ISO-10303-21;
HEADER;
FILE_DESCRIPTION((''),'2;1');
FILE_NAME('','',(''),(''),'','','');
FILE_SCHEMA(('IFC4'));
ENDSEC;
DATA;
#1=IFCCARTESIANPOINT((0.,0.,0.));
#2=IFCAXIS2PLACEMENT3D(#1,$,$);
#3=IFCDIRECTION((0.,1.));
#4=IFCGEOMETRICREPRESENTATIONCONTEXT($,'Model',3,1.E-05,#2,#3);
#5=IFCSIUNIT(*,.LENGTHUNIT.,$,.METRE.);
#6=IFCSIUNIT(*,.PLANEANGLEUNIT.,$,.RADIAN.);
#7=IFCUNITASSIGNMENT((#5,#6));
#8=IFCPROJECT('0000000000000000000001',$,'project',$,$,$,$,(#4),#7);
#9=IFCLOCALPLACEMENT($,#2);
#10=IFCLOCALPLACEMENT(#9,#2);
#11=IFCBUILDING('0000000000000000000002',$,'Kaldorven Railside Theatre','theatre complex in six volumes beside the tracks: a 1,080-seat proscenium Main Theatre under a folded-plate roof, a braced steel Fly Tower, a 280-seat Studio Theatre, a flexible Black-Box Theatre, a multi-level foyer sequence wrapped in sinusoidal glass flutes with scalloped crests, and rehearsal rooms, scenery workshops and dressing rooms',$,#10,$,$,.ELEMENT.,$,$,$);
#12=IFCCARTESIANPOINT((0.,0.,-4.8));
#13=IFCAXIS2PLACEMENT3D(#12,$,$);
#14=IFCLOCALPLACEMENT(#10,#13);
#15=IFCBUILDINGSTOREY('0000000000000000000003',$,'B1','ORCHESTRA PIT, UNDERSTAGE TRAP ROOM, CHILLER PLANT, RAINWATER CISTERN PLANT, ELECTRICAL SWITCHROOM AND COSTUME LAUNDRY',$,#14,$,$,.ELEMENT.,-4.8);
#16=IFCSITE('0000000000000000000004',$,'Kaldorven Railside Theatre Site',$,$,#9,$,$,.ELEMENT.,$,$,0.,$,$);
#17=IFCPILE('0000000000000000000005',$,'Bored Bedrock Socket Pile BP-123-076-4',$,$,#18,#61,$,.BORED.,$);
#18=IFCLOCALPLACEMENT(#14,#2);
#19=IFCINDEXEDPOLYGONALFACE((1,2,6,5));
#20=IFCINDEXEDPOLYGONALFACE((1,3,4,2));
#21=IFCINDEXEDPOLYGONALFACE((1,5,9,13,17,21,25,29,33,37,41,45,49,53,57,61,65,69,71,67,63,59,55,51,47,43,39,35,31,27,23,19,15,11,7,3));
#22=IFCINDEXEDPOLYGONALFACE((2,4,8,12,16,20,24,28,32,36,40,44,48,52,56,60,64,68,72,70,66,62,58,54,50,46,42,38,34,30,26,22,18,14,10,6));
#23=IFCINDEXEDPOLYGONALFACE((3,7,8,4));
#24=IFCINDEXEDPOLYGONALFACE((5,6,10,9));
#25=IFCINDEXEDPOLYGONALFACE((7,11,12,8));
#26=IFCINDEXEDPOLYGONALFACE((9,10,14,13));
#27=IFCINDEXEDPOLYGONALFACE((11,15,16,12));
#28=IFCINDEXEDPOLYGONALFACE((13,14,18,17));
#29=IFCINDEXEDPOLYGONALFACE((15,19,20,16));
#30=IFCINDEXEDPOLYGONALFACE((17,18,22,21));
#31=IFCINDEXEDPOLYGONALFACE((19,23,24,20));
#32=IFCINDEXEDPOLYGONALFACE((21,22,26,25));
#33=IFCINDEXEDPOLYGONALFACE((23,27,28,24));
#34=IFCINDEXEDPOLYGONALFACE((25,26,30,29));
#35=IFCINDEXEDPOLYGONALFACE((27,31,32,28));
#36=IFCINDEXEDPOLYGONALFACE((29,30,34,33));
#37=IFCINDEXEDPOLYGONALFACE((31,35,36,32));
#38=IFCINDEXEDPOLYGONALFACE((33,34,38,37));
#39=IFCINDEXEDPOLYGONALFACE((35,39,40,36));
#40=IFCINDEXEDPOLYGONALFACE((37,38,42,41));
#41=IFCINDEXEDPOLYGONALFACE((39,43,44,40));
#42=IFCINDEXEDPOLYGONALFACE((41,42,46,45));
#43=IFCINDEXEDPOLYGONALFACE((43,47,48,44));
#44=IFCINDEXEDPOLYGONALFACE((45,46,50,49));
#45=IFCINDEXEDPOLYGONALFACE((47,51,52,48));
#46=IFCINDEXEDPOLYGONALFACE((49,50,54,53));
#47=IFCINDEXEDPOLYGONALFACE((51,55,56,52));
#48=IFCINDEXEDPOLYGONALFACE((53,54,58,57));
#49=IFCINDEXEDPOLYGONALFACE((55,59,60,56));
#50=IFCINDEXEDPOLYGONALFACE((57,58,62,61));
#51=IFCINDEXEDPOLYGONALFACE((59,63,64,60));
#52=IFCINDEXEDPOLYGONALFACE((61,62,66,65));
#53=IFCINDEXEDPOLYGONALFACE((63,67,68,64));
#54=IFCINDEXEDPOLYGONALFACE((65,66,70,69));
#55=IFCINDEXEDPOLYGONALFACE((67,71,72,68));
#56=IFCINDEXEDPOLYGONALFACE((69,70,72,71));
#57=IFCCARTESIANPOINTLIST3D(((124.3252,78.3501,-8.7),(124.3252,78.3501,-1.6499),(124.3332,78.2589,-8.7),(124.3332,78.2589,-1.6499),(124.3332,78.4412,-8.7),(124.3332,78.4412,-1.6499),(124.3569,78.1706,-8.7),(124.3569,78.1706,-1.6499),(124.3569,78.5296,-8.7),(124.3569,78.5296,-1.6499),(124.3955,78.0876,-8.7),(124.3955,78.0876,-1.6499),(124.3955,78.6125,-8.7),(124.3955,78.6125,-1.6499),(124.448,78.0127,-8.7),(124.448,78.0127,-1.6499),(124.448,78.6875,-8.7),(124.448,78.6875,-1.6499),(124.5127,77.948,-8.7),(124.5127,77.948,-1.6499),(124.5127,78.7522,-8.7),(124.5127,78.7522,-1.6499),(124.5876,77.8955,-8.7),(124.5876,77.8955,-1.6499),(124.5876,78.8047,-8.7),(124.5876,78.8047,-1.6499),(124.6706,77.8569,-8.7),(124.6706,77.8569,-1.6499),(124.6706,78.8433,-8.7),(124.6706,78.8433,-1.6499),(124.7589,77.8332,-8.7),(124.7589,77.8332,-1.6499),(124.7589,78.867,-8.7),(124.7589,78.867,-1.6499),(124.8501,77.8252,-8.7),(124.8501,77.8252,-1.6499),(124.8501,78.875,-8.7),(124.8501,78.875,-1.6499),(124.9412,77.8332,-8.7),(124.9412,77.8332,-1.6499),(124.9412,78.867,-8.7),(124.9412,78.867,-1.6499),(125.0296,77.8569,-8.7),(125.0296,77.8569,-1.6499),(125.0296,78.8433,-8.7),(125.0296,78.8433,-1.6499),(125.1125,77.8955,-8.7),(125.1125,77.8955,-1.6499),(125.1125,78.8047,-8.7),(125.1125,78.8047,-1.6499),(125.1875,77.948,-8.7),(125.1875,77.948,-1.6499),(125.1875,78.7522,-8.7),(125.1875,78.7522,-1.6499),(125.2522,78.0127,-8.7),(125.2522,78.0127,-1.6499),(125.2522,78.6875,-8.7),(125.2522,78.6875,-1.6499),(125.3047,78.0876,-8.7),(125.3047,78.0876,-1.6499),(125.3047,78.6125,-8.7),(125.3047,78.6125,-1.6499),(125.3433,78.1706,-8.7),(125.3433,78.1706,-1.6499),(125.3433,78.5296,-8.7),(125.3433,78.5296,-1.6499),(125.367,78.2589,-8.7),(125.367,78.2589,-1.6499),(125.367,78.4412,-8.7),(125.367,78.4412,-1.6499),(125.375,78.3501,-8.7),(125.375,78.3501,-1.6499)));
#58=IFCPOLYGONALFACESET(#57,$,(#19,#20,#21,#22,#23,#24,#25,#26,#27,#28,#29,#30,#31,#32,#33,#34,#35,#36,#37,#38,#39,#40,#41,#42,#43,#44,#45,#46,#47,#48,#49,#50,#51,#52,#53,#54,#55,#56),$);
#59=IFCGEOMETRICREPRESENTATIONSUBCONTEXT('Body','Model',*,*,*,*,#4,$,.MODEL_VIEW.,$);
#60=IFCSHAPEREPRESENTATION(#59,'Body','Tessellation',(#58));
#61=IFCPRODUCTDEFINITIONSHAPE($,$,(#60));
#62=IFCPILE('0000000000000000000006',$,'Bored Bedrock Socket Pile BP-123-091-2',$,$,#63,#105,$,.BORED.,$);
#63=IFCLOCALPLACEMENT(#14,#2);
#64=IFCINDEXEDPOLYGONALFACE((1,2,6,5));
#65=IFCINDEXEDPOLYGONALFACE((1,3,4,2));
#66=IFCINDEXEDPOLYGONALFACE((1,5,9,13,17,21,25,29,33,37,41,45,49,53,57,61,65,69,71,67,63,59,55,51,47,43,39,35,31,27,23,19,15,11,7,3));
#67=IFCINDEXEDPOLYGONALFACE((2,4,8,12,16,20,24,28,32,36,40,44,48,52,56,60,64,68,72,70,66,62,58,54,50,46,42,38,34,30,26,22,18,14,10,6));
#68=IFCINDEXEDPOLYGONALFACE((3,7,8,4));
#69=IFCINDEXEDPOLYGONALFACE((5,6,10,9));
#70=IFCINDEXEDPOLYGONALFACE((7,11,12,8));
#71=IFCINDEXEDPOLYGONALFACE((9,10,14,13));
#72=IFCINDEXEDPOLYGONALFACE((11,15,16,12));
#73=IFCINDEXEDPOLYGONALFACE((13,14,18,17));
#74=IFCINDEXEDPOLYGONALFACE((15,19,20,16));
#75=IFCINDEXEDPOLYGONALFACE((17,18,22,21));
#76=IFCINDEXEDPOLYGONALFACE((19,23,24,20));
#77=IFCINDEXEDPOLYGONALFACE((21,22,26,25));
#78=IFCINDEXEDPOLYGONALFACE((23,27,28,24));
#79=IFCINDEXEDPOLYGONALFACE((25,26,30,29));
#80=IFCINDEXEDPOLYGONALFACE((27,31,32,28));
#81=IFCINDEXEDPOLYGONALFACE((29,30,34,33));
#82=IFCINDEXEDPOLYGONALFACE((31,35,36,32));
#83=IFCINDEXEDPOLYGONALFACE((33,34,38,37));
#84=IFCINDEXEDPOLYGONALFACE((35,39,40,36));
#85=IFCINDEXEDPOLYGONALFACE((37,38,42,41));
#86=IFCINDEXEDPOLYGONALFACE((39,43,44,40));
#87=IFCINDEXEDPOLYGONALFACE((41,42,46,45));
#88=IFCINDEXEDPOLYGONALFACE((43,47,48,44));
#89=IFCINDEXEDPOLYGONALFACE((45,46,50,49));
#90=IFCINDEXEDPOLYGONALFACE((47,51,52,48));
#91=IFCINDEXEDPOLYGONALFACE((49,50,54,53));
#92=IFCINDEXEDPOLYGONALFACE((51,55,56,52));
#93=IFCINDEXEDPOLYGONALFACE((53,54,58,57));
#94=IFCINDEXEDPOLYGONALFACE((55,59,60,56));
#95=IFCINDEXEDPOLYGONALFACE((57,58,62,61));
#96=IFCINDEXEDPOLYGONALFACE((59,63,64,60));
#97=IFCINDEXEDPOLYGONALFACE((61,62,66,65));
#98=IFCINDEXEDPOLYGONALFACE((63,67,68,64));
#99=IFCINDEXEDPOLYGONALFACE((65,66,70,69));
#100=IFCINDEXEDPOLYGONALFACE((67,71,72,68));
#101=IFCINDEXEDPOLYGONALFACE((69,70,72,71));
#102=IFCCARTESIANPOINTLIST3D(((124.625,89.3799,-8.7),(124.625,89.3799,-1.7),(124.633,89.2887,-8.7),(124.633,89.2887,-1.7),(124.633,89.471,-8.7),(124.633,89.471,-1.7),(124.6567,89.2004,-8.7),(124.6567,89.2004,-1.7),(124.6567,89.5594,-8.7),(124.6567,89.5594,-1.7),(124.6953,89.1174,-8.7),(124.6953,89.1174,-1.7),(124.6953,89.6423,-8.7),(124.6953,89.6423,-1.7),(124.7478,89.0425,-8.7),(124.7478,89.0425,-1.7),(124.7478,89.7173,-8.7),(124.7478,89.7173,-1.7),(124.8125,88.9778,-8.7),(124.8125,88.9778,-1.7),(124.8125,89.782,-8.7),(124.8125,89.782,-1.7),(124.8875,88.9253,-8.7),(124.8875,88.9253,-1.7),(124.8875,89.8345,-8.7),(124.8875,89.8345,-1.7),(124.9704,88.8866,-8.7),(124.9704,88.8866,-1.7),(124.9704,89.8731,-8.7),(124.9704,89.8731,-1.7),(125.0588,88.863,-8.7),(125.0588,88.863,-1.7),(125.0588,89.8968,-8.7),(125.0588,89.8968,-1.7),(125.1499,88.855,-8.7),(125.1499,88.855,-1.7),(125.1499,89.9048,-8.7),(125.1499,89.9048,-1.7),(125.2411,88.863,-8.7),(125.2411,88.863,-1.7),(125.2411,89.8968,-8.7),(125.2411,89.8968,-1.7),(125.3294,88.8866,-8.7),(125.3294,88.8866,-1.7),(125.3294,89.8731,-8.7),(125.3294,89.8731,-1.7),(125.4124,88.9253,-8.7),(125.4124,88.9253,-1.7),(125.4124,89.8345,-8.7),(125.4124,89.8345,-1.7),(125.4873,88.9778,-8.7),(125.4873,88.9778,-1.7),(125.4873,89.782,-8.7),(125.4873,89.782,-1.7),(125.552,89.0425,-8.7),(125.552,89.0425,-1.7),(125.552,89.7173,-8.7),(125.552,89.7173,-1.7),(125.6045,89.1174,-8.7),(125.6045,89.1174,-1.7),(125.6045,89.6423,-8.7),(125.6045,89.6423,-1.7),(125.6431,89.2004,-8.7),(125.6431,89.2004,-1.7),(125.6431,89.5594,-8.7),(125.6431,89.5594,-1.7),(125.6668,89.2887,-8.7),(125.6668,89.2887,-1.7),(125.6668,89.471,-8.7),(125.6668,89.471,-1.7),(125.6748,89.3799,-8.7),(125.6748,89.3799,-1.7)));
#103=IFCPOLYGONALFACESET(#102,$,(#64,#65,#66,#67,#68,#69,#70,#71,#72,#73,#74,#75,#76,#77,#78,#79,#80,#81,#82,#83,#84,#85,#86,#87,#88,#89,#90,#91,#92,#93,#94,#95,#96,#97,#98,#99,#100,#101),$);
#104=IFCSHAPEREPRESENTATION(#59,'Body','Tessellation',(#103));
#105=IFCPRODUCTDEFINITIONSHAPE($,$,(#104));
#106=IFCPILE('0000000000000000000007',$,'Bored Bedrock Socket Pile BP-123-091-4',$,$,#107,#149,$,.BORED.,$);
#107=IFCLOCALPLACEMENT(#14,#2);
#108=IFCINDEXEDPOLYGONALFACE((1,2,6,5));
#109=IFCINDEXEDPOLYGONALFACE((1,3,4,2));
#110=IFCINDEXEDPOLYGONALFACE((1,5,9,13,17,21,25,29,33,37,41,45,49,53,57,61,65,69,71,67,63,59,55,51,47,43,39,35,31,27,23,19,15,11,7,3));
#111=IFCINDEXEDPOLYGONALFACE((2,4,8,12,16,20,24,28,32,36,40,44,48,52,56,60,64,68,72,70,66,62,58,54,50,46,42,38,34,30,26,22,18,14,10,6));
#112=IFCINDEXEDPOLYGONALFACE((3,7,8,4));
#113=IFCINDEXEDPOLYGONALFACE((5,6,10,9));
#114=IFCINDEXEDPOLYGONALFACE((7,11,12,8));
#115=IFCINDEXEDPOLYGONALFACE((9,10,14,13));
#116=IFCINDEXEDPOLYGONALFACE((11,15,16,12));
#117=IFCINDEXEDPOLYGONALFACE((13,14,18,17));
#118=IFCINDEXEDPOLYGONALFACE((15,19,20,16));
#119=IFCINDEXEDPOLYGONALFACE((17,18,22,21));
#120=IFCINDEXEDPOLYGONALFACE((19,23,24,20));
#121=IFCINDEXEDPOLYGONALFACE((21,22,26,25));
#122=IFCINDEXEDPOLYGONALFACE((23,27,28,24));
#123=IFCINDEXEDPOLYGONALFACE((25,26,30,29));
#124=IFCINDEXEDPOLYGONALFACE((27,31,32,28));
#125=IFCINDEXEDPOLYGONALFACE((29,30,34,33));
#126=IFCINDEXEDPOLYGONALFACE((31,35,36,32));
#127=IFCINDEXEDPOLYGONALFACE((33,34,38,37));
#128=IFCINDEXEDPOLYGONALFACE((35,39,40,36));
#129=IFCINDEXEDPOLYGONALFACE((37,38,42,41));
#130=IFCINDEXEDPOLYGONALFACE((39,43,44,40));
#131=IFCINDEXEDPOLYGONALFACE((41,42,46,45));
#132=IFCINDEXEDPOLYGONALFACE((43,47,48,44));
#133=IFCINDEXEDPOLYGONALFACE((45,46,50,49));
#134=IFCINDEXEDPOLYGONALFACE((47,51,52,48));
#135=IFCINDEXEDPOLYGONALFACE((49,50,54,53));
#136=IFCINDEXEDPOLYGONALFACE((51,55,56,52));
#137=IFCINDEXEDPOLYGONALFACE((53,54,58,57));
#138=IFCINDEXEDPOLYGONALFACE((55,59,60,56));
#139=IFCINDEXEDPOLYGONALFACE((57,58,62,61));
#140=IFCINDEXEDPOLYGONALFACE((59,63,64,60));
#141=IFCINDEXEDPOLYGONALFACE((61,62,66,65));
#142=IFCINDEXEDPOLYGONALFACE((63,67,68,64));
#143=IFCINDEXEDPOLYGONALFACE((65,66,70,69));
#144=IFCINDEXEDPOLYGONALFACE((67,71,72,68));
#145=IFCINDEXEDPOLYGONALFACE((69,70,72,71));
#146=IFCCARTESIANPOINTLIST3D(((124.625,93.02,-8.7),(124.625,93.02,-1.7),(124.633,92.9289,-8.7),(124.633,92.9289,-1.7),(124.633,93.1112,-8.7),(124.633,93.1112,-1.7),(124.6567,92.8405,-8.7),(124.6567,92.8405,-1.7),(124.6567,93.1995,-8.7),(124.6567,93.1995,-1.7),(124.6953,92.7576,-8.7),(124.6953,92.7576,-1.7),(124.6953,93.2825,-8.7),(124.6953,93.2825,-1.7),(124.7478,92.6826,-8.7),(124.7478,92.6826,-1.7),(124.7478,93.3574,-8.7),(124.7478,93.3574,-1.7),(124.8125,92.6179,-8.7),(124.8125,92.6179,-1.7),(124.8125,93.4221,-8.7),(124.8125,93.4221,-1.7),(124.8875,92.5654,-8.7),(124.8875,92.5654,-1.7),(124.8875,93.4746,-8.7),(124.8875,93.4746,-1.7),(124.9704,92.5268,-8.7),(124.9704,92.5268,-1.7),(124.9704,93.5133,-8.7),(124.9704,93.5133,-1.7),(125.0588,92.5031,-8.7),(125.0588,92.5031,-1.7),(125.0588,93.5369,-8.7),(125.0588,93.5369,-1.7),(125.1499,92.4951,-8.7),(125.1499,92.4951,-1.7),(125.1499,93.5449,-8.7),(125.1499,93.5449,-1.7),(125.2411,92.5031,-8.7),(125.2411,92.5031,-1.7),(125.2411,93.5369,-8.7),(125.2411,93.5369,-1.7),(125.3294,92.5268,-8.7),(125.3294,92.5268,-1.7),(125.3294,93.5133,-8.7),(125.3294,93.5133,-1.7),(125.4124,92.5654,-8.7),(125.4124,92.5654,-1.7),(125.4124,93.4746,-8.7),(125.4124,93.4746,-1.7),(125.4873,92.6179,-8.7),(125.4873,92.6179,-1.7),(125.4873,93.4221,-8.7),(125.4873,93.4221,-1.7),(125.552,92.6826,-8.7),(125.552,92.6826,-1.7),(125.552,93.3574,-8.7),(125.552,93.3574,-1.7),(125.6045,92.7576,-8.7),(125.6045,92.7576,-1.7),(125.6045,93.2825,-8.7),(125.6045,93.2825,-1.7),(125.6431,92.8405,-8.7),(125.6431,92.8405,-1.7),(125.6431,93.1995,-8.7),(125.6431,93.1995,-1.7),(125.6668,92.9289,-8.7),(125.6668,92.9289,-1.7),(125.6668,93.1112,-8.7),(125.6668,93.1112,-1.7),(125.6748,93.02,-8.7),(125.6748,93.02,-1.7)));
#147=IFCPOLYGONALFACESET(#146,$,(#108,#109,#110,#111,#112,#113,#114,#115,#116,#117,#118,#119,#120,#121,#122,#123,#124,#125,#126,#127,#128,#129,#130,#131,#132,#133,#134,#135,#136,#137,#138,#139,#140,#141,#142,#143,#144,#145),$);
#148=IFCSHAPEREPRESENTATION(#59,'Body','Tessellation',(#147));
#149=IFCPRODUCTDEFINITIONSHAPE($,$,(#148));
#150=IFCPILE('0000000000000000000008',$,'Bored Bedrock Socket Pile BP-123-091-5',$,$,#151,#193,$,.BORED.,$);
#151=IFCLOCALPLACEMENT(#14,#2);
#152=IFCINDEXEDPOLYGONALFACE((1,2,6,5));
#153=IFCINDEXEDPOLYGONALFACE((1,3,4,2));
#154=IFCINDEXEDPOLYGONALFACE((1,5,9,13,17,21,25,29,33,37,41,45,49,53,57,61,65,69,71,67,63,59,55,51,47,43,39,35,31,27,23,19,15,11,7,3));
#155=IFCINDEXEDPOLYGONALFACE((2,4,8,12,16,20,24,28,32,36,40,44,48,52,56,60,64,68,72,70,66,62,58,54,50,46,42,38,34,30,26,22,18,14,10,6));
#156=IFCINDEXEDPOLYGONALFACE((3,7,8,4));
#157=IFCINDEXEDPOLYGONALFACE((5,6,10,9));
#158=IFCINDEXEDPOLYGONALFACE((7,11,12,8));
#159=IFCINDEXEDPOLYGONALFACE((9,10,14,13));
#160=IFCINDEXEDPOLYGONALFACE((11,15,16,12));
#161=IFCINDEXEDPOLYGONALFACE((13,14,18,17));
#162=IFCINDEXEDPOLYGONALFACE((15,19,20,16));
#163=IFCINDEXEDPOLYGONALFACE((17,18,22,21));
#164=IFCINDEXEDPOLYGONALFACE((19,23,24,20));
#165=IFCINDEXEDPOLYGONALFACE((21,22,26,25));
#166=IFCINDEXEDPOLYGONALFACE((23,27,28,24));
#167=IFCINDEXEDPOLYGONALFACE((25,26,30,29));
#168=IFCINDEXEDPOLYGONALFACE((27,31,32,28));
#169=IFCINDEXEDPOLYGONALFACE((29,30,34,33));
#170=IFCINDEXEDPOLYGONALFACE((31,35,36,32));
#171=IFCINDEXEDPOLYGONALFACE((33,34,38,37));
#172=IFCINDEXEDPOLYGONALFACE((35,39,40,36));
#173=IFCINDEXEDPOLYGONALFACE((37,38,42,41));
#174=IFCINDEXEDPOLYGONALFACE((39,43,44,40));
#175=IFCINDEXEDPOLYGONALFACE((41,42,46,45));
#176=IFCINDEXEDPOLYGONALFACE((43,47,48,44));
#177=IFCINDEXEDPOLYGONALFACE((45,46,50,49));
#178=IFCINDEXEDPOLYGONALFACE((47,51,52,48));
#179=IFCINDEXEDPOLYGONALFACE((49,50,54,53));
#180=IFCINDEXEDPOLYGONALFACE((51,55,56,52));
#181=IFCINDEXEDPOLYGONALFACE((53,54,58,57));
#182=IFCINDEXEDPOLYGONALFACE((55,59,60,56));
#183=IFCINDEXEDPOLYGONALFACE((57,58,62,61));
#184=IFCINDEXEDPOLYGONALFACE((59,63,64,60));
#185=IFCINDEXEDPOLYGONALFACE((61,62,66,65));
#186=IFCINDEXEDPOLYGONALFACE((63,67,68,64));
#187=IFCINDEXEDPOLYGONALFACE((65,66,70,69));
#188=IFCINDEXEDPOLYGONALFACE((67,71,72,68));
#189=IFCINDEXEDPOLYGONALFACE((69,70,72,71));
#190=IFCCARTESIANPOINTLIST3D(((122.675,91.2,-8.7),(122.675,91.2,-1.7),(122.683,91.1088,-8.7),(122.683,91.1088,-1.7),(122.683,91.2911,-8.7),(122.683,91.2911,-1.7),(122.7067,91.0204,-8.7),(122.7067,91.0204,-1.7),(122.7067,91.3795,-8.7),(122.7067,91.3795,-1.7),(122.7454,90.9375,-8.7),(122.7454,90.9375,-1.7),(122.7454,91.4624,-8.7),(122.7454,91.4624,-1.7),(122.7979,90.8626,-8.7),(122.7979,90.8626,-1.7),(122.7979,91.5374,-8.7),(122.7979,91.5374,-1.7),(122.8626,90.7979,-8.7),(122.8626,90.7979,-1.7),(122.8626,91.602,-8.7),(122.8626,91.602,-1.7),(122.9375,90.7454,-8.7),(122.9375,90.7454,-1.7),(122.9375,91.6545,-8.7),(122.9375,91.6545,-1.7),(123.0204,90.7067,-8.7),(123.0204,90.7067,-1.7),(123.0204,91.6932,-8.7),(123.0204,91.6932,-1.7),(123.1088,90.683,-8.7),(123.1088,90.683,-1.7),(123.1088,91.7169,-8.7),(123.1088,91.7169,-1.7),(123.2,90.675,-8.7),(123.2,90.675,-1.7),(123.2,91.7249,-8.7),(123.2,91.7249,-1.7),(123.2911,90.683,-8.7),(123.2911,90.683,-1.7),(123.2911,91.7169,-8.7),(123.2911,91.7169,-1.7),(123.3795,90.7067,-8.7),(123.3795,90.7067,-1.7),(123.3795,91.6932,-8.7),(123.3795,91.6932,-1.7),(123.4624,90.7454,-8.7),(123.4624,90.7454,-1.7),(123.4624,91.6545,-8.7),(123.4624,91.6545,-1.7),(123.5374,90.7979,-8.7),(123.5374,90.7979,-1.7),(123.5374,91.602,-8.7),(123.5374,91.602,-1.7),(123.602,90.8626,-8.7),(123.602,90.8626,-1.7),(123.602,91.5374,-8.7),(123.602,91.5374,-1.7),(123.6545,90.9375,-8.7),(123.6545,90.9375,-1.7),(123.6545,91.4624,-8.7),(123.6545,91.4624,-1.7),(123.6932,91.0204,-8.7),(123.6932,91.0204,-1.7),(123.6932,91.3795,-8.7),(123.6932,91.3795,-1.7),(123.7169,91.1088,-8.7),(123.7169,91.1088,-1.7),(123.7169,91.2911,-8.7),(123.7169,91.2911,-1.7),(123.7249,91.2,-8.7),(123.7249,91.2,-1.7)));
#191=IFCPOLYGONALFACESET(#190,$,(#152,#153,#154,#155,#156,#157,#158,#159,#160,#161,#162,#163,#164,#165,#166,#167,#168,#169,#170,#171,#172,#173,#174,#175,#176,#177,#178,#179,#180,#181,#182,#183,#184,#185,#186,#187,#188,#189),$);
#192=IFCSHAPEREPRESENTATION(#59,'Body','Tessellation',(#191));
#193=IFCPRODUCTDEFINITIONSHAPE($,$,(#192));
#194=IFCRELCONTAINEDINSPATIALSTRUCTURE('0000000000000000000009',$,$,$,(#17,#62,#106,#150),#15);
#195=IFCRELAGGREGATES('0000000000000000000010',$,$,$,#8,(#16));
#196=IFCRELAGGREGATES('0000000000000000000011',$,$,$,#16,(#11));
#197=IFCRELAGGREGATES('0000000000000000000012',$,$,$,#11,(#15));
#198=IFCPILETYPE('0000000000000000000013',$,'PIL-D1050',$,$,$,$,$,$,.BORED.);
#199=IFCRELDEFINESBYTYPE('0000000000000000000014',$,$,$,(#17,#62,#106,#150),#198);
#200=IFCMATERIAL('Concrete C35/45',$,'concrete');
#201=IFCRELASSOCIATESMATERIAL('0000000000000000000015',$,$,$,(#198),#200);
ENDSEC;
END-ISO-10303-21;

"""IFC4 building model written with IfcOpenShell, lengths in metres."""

from ifc_helpers import new_model, si_unit, direction, frame, origin, origin_2d, place, context, subcontext, project, spatial, circle, extrude, material, material_profile, profile_set, type_object, element, save


model = new_model("IFC4")

# Units and contexts
model_context = context("Model", 3, precision=1e-05, world=origin(), true_north=direction((0.0, 1.0)))
body_context = subcontext(model_context, "Body", "Model", "MODEL_VIEW")
ifc_project = project(units=[si_unit("LENGTHUNIT", "METRE"), si_unit("PLANEANGLEUNIT", "RADIAN")], contexts=[model_context])

# Site, building, storey
site_placement = place(None, origin())
site = spatial("IfcSite", under=ifc_project, at=site_placement, Name="Kaldorven Railside Theatre Site", CompositionType="ELEMENT", RefElevation=0.0)
building_placement = place(site_placement, origin())
building = spatial("IfcBuilding", under=site, at=building_placement, Name="Kaldorven Railside Theatre", Description="theatre complex in six volumes beside the tracks: a 1,080-seat proscenium Main Theatre under a folded-plate roof, a braced steel Fly Tower, a 280-seat Studio Theatre, a flexible Black-Box Theatre, a multi-level foyer sequence wrapped in sinusoidal glass flutes with scalloped crests, and rehearsal rooms, scenery workshops and dressing rooms", CompositionType="ELEMENT")
storey_placement = place(building_placement, frame((0.0, 0.0, -4.8)))
storey = spatial("IfcBuildingStorey", under=building, at=storey_placement, Name="B1", Description="ORCHESTRA PIT, UNDERSTAGE TRAP ROOM, CHILLER PLANT, RAINWATER CISTERN PLANT, ELECTRICAL SWITCHROOM AND COSTUME LAUNDRY", CompositionType="ELEMENT", Elevation=-4.8)

# Piles
ifc_material_1 = material(Name="Concrete C35/45", Category="concrete")
ifc_material_profile_1 = material_profile(ifc_material_1, circle(Radius=0.5249, at=origin_2d()), Name="BP D1050")
ifc_profile_set_1 = profile_set([ifc_material_profile_1], Name="Concrete C35/45")
pile_type_1 = type_object("IfcPileType", Name="PIL-D1050", PredefinedType="BORED", material=ifc_profile_set_1)
for number, where, z_axis, x_axis, name in (
    (1, (124.8501, 78.3501, -1.6499), (0.0, 0.0, -1.0), (1.0, 0.0, 0.0), "Bored Bedrock Socket Pile BP-123-076-4"),
):
    element("IfcPile", number, at=place(storey_placement, frame(where, z_axis=z_axis, x_axis=x_axis)), inside=storey, type_object=pile_type_1, Name=name, PredefinedType="BORED", context=body_context, shape_type="SweptSolid", body=[
        extrude(circle(Radius=0.5249, at=origin_2d()), origin(), (0.0, 0.0, 1.0), 7.05),
    ])
for number, where, z_axis, x_axis, name in (
    (2, (125.1499, 89.3799, -1.7), (0.0, 0.0, -1.0), (1.0, 0.0, 0.0), "Bored Bedrock Socket Pile BP-123-091-2"),
    (3, (125.1499, 93.02, -1.7), (0.0, 0.0, -1.0), (1.0, 0.0, 0.0), "Bored Bedrock Socket Pile BP-123-091-4"),
    (4, (123.2, 91.2, -1.7), (0.0, 0.0, -1.0), (1.0, 0.0, 0.0), "Bored Bedrock Socket Pile BP-123-091-5"),
):
    element("IfcPile", number, at=place(storey_placement, frame(where, z_axis=z_axis, x_axis=x_axis)), inside=storey, type_object=pile_type_1, Name=name, PredefinedType="BORED", context=body_context, shape_type="SweptSolid", body=[
        extrude(circle(Radius=0.5249, at=origin_2d()), origin(), (0.0, 0.0, 1.0), 7.0),
    ])

save(model, "model.ifc")
